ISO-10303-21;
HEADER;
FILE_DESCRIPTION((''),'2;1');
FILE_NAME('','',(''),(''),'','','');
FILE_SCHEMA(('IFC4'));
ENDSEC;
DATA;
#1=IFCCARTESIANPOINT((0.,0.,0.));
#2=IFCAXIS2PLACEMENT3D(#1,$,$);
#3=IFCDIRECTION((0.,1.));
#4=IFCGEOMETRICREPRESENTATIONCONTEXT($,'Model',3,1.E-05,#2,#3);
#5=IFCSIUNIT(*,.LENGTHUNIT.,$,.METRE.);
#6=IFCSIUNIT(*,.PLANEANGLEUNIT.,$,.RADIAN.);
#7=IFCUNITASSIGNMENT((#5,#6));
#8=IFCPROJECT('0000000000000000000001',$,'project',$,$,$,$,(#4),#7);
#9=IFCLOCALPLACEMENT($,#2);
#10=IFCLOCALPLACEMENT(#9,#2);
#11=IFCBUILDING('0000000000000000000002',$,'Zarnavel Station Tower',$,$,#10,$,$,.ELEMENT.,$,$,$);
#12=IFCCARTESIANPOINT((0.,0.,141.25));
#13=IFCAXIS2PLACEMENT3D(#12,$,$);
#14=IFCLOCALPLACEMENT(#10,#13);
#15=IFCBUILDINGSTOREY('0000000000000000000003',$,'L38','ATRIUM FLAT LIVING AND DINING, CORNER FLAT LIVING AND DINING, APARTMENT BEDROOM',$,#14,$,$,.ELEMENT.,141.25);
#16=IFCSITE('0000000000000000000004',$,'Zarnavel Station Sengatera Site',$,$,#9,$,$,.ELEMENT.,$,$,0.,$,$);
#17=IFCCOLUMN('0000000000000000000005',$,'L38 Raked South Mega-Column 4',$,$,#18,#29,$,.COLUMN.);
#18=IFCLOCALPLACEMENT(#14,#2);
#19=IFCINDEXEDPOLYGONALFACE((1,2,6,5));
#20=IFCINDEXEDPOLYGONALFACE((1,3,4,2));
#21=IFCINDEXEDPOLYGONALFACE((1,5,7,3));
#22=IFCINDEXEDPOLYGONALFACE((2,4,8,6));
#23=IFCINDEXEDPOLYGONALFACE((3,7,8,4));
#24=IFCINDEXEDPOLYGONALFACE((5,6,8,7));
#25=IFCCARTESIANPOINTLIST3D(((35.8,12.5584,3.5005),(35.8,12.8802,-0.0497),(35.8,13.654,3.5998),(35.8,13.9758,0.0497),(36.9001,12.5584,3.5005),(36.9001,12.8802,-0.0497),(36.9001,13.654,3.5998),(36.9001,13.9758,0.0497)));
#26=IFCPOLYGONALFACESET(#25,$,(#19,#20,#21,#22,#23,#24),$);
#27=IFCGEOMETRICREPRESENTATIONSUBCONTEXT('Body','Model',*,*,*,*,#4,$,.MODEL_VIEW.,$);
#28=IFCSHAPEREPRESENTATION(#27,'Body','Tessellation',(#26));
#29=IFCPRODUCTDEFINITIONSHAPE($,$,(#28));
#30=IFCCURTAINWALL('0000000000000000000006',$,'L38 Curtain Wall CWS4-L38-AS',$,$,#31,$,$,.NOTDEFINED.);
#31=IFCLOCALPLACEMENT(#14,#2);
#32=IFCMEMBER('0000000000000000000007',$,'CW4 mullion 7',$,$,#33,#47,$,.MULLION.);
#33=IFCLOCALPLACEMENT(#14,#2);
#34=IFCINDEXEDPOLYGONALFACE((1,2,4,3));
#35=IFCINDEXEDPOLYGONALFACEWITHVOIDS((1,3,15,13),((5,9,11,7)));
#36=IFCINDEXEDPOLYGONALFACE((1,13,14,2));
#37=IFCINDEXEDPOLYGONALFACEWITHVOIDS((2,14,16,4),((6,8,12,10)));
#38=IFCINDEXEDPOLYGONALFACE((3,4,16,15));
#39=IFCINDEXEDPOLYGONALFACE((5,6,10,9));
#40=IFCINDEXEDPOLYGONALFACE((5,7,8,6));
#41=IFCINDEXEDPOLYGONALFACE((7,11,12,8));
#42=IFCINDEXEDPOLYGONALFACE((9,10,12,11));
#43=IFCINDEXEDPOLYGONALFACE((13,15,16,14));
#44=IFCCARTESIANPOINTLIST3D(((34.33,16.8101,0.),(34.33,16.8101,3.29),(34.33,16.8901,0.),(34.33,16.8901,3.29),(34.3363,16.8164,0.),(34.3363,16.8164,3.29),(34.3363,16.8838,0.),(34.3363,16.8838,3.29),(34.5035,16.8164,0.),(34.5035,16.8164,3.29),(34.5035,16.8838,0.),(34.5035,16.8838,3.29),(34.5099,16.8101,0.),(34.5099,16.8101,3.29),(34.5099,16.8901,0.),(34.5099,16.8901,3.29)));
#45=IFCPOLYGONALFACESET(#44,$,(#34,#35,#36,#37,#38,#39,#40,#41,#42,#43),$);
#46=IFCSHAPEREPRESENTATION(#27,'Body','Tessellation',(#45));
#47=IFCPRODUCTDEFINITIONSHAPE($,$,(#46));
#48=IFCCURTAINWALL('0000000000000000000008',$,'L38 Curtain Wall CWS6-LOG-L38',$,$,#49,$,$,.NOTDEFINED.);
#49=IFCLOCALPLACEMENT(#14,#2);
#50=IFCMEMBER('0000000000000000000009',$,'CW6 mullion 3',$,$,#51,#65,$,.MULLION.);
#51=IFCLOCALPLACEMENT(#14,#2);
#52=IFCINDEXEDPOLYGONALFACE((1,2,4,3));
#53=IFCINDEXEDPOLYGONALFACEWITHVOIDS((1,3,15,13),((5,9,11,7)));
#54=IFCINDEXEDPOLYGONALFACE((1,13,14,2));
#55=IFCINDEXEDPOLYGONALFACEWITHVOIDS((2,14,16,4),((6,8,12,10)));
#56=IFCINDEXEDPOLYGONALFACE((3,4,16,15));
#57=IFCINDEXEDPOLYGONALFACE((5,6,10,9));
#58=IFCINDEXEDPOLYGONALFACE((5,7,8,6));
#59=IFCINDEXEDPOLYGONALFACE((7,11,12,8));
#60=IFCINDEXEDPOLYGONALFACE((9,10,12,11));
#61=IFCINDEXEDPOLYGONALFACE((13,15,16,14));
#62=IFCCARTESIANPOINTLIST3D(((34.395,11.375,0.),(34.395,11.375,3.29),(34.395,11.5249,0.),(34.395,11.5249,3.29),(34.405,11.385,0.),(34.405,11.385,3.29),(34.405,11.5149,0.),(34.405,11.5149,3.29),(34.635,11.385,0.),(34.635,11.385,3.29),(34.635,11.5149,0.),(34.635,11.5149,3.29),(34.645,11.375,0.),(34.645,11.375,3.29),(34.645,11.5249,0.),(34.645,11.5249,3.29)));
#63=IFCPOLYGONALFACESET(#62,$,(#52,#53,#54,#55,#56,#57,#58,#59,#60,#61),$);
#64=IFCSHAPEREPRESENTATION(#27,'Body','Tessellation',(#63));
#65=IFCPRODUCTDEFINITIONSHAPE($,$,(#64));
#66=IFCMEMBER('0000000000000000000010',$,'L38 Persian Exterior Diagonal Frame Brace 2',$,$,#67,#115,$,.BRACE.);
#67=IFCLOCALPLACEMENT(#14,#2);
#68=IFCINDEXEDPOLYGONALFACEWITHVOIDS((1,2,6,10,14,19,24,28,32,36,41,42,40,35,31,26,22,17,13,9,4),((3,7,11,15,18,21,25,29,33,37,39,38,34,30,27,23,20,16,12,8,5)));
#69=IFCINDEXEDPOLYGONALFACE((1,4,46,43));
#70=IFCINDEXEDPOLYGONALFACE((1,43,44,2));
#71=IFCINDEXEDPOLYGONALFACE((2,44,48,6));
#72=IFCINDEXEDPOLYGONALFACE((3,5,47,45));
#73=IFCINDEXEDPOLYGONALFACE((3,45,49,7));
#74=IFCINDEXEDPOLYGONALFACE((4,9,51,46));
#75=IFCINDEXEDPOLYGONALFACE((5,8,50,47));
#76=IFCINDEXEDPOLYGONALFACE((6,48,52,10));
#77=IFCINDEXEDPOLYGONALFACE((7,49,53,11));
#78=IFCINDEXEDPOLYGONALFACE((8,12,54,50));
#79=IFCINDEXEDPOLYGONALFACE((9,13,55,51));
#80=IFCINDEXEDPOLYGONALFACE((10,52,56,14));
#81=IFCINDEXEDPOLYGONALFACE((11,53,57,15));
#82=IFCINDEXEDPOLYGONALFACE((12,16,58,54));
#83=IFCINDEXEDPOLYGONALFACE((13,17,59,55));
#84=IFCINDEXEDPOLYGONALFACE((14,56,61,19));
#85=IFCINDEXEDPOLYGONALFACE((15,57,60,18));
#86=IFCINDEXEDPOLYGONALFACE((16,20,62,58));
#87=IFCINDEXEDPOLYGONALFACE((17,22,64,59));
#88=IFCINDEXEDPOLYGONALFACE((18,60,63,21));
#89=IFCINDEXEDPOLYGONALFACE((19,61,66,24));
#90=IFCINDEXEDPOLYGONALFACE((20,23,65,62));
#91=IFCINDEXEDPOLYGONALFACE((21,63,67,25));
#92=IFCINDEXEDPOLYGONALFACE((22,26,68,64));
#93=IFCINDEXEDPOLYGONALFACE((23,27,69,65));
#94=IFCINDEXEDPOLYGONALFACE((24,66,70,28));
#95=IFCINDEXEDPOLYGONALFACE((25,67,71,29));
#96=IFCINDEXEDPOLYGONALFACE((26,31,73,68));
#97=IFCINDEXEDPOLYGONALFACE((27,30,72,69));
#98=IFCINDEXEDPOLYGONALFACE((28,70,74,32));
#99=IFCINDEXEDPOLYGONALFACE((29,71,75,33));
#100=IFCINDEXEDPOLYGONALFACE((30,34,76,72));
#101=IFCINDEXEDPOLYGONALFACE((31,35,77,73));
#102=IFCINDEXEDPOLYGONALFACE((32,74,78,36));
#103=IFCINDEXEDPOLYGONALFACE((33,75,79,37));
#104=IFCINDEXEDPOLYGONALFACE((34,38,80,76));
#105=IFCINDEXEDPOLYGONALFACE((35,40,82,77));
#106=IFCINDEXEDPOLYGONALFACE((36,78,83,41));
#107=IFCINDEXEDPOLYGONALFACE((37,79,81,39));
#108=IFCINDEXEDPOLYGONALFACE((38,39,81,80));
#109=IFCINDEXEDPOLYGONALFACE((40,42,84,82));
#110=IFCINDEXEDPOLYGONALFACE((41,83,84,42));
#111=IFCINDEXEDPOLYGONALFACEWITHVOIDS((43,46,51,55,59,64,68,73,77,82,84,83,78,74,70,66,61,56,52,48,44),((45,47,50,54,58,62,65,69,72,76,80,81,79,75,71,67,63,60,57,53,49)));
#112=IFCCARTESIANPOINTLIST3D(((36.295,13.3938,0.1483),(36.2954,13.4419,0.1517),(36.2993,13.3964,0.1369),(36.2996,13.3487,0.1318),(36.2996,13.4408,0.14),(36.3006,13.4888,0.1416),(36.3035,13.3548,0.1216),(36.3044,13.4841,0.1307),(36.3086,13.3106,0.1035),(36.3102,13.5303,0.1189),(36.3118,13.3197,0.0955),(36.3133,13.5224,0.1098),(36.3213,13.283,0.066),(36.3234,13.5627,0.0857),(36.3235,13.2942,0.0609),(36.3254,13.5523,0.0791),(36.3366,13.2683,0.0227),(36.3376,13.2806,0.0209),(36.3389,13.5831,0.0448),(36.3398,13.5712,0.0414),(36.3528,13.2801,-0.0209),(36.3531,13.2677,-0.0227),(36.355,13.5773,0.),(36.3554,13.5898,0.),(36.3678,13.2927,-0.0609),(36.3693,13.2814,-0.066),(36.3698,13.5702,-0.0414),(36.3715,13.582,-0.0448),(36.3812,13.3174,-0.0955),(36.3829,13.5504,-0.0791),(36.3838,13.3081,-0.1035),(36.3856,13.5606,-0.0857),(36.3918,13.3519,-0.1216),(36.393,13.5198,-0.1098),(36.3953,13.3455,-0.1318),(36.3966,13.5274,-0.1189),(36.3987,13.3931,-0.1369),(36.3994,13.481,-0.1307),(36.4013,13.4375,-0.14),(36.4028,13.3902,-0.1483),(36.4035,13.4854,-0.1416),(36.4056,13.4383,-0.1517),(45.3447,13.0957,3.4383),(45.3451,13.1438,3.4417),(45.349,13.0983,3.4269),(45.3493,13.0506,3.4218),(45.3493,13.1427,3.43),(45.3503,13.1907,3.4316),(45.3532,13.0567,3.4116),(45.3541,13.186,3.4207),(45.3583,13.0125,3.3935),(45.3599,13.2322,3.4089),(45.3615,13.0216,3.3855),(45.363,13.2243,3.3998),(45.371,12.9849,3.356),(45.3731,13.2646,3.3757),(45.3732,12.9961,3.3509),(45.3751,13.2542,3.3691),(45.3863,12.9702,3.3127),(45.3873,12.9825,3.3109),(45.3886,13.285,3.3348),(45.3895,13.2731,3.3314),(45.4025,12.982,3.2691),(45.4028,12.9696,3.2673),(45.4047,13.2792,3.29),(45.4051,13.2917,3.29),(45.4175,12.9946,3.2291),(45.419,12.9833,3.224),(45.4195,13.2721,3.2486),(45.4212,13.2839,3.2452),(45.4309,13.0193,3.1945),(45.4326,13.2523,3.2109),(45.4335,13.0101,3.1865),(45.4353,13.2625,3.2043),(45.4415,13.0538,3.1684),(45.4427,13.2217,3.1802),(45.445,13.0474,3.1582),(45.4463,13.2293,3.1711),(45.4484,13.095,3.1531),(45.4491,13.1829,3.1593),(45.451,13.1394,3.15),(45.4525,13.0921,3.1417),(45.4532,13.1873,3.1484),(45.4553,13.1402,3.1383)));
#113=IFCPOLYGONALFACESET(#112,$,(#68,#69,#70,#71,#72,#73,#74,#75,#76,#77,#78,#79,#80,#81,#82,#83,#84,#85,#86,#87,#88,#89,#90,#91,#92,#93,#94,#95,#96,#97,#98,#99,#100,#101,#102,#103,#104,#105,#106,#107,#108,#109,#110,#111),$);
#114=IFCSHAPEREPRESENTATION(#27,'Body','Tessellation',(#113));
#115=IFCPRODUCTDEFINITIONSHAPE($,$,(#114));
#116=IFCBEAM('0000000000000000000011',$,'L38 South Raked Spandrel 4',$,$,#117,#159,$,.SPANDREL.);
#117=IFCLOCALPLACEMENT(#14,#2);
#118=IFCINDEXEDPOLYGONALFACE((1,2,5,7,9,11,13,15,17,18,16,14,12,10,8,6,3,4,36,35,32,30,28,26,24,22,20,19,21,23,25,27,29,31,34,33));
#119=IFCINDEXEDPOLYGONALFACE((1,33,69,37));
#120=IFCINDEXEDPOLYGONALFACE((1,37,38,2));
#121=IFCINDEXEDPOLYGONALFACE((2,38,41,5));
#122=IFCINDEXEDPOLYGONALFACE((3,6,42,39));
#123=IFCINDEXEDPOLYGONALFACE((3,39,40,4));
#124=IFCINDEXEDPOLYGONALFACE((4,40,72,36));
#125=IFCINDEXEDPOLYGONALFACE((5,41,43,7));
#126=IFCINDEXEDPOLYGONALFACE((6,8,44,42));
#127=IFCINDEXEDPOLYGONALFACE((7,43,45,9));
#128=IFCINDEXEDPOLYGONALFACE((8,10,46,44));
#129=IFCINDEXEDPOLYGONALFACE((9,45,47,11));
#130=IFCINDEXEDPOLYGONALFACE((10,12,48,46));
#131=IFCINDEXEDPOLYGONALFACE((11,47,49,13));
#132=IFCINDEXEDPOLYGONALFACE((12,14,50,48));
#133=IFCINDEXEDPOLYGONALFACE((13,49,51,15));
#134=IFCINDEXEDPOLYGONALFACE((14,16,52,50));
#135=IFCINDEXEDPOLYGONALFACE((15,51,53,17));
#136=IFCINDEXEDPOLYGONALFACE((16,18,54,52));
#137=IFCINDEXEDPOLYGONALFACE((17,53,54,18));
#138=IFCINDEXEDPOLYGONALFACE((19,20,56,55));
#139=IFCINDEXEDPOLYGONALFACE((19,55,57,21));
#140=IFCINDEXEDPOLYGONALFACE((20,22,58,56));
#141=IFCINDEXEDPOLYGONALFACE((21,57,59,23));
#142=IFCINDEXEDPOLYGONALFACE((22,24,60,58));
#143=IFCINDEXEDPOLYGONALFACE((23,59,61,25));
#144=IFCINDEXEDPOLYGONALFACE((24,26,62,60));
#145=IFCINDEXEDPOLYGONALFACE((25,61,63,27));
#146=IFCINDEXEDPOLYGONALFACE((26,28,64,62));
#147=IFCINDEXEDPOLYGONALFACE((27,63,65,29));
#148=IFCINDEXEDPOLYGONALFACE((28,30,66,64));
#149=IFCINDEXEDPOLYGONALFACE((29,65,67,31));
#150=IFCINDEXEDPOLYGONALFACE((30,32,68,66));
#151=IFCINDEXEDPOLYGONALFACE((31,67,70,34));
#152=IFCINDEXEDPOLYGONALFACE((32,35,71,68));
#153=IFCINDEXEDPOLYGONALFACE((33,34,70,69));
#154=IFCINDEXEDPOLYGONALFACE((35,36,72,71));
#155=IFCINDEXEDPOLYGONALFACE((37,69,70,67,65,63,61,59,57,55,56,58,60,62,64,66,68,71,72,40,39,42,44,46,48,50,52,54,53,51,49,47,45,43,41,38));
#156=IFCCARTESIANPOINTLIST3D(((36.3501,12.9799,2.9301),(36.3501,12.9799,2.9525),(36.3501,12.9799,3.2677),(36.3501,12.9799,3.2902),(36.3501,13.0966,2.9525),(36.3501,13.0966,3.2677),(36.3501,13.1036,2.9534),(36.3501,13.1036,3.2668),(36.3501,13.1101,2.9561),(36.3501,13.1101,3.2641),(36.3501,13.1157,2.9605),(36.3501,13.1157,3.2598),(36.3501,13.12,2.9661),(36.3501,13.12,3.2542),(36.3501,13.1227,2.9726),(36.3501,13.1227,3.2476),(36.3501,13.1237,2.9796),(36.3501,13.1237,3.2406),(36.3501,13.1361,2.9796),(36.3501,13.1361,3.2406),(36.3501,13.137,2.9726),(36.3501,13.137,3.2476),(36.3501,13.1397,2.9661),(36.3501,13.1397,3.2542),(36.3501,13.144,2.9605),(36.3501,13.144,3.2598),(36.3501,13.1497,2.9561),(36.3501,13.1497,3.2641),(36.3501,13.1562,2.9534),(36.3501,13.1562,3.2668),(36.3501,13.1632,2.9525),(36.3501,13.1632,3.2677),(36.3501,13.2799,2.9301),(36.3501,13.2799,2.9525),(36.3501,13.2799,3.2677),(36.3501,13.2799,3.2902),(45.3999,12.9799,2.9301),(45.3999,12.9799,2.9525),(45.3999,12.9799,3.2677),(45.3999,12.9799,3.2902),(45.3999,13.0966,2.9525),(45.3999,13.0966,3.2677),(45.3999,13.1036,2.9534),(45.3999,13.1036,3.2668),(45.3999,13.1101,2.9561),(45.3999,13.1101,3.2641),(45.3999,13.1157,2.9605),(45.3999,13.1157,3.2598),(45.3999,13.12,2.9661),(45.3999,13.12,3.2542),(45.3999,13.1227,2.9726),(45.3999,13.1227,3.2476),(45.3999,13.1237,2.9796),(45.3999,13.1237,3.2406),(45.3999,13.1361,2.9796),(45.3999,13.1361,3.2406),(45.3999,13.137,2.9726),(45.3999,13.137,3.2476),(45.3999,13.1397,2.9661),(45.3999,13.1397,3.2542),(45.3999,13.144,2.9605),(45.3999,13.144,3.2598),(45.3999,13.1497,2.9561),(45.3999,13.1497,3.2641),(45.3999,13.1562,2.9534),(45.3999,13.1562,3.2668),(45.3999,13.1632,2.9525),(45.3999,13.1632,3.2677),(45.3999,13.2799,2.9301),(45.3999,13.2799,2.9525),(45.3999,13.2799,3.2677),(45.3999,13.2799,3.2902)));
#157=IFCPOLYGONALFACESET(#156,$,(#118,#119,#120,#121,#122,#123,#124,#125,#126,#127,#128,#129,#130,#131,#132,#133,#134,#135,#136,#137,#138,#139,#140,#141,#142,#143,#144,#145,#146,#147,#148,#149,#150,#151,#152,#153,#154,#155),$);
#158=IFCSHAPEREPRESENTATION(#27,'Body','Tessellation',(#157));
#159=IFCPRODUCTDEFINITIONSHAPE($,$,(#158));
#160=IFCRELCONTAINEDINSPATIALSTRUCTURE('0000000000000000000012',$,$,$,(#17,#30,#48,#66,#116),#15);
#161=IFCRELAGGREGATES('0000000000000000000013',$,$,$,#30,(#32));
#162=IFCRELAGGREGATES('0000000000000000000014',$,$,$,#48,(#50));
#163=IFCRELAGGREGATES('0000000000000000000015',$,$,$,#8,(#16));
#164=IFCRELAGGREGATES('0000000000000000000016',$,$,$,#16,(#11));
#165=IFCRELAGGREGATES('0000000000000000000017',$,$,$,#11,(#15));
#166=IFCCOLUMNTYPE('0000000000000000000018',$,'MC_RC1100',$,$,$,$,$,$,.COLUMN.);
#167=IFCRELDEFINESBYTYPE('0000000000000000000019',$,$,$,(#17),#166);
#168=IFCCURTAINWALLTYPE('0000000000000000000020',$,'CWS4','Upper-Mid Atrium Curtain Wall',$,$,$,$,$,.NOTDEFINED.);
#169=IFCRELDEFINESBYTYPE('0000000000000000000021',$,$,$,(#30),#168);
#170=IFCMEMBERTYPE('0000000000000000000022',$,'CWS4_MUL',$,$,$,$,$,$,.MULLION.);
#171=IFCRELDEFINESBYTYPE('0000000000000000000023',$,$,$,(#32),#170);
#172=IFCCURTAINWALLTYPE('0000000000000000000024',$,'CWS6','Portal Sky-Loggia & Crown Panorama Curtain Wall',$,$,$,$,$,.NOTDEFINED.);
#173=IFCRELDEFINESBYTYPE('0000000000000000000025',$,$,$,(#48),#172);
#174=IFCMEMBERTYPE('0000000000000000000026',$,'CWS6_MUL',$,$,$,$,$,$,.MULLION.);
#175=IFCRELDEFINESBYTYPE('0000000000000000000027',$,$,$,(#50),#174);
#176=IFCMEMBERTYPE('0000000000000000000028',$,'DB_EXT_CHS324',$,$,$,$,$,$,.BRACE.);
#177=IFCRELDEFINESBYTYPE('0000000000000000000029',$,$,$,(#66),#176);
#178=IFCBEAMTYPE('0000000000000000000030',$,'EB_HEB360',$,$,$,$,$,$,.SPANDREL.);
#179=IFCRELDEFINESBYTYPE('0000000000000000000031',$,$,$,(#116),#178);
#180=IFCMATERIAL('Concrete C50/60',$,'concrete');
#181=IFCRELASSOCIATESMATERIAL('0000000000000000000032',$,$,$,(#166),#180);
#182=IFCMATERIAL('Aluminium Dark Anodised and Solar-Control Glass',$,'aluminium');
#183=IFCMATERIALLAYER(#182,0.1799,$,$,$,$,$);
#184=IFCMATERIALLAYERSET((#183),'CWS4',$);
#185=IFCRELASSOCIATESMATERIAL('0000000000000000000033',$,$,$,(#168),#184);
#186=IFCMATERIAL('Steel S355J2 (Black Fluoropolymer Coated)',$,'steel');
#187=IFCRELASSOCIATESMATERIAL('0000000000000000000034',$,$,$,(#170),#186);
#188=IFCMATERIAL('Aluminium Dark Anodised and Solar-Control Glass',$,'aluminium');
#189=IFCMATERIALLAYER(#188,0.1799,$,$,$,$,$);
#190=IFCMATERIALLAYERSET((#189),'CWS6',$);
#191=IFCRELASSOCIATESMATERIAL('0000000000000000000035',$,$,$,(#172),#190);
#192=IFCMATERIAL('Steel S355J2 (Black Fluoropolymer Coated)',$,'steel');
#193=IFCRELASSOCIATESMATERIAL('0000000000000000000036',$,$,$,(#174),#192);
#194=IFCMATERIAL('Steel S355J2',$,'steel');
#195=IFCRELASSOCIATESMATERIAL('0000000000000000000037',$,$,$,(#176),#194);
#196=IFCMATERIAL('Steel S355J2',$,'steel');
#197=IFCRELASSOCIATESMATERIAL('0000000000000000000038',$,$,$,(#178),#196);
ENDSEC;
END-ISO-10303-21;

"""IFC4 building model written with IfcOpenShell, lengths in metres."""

from ifc_helpers import new_model, si_unit, direction, frame, origin, origin_2d, place, context, subcontext, project, spatial, rectangle, hollow_rectangle, hollow_circle, i_section, extrude, material, layer, layer_set, material_profile, profile_set, type_object, element, aggregate, save


model = new_model("IFC4")

# Units and contexts
model_context = context("Model", 3, precision=1e-05, world=origin(), true_north=direction((0.0, 1.0)))
body_context = subcontext(model_context, "Body", "Model", "MODEL_VIEW")
ifc_project = project(units=[si_unit("LENGTHUNIT", "METRE"), si_unit("PLANEANGLEUNIT", "RADIAN")], contexts=[model_context])

# Site, building, storey
site_placement = place(None, origin())
site = spatial("IfcSite", under=ifc_project, at=site_placement, Name="Zarnavel Station Sengatera Site", CompositionType="ELEMENT", RefElevation=0.0)
building_placement = place(site_placement, origin())
building = spatial("IfcBuilding", under=site, at=building_placement, Name="Zarnavel Station Tower", CompositionType="ELEMENT")
storey_placement = place(building_placement, frame((0.0, 0.0, 141.25)))
storey = spatial("IfcBuildingStorey", under=building, at=storey_placement, Name="L38", Description="ATRIUM FLAT LIVING AND DINING, CORNER FLAT LIVING AND DINING, APARTMENT BEDROOM", CompositionType="ELEMENT", Elevation=141.25)

# Column
ifc_material_1 = material(Name="Concrete C50/60", Category="concrete")
ifc_material_profile_1 = material_profile(ifc_material_1, rectangle(XDim=1.1001, YDim=1.1001, at=origin_2d()), Name="RC1100x1100")
ifc_profile_set_1 = profile_set([ifc_material_profile_1], Name="Concrete C50/60")
column_type = type_object("IfcColumnType", Name="MC_RC1100", PredefinedType="COLUMN", material=ifc_profile_set_1)
column_placement = place(storey_placement, frame((36.3501, 13.428, 0.0), z_axis=(0.0, -0.09027, 0.995917), x_axis=(1.0, 0.0, 0.0)))
element("IfcColumn", 1, at=column_placement, inside=storey, type_object=column_type, Name="L38 Raked South Mega-Column 4", PredefinedType="COLUMN", context=body_context, shape_type="SweptSolid", body=[
    extrude(rectangle(XDim=1.1001, YDim=1.1001, at=origin_2d()), origin(), (0.0, 0.0, 1.0), 3.5647),
])

# Curtain walls, members
ifc_material_2 = material(Name="Aluminium Dark Anodised and Solar-Control Glass", Category="aluminium")
ifc_layer_1 = layer(ifc_material_2, 0.1799)
ifc_layer_set_1 = layer_set([ifc_layer_1], Name="CWS4")
curtain_wall_type_1 = type_object("IfcCurtainWallType", Name="CWS4", Description="Upper-Mid Atrium Curtain Wall", PredefinedType="NOTDEFINED", material=ifc_layer_set_1)
curtain_wall_1_placement = place(storey_placement, origin())
curtain_wall_1 = element("IfcCurtainWall", 2, at=curtain_wall_1_placement, inside=storey, type_object=curtain_wall_type_1, Name="L38 Curtain Wall CWS4-L38-AS", PredefinedType="NOTDEFINED")
ifc_material_3 = material(Name="Steel S355J2 (Black Fluoropolymer Coated)", Category="steel")
ifc_material_profile_2 = material_profile(ifc_material_3, hollow_rectangle(XDim=0.0801, YDim=0.1799, WallThickness=0.0063, at=origin_2d()), Name="RHS180x80x6.3")
ifc_profile_set_2 = profile_set([ifc_material_profile_2], Name="Steel S355J2 (Black Fluoropolymer Coated)")
member_type_1 = type_object("IfcMemberType", Name="CWS4_MUL", PredefinedType="MULLION", material=ifc_profile_set_2)
member_1_placement = place(storey_placement, frame((34.4199, 16.8501, 0.0), z_axis=(0.0, 0.0, 1.0), x_axis=(0.0, 1.0, 0.0)))
member_1 = element("IfcMember", 3, at=member_1_placement, type_object=member_type_1, Name="CW4 mullion 7", PredefinedType="MULLION", context=body_context, shape_type="SweptSolid", body=[
    extrude(hollow_rectangle(XDim=0.0801, YDim=0.1799, WallThickness=0.0063, at=origin_2d()), origin(), (0.0, 0.0, 1.0), 3.29),
])
ifc_material_4 = material(Name="Aluminium Dark Anodised and Solar-Control Glass", Category="aluminium")
ifc_layer_2 = layer(ifc_material_4, 0.1799)
ifc_layer_set_2 = layer_set([ifc_layer_2], Name="CWS6")
curtain_wall_type_2 = type_object("IfcCurtainWallType", Name="CWS6", Description="Portal Sky-Loggia & Crown Panorama Curtain Wall", PredefinedType="NOTDEFINED", material=ifc_layer_set_2)
curtain_wall_2_placement = place(storey_placement, origin())
curtain_wall_2 = element("IfcCurtainWall", 4, at=curtain_wall_2_placement, inside=storey, type_object=curtain_wall_type_2, Name="L38 Curtain Wall CWS6-LOG-L38", PredefinedType="NOTDEFINED")
ifc_material_5 = material(Name="Steel S355J2 (Black Fluoropolymer Coated)", Category="steel")
ifc_material_profile_3 = material_profile(ifc_material_5, hollow_rectangle(XDim=0.1499, YDim=0.25, WallThickness=0.01, at=origin_2d()), Name="RHS250x150x10")
ifc_profile_set_3 = profile_set([ifc_material_profile_3], Name="Steel S355J2 (Black Fluoropolymer Coated)")
member_type_2 = type_object("IfcMemberType", Name="CWS6_MUL", PredefinedType="MULLION", material=ifc_profile_set_3)
member_2_placement = place(storey_placement, frame((34.52, 11.45, 0.0), z_axis=(0.0, 0.0, 1.0), x_axis=(0.0, 1.0, 0.0)))
member_2 = element("IfcMember", 5, at=member_2_placement, type_object=member_type_2, Name="CW6 mullion 3", PredefinedType="MULLION", context=body_context, shape_type="SweptSolid", body=[
    extrude(hollow_rectangle(XDim=0.1499, YDim=0.25, WallThickness=0.01, at=origin_2d()), origin(), (0.0, 0.0, 1.0), 3.29),
])

# Member
ifc_material_6 = material(Name="Steel S355J2", Category="steel")
ifc_material_profile_4 = material_profile(ifc_material_6, hollow_circle(Radius=0.1619, WallThickness=0.0125, at=origin_2d()), Name="CHS323.9x12.5")
ifc_profile_set_4 = profile_set([ifc_material_profile_4], Name="Steel S355J2")
member_type_3 = type_object("IfcMemberType", Name="DB_EXT_CHS324", PredefinedType="BRACE", material=ifc_profile_set_4)
member_3_placement = place(storey_placement, frame((36.3501, 13.428, 0.0), z_axis=(0.93937, -0.030942, 0.341506), x_axis=(0.032922, 0.999458, 0.0)))
element("IfcMember", 6, at=member_3_placement, inside=storey, type_object=member_type_3, Name="L38 Persian Exterior Diagonal Frame Brace 2", PredefinedType="BRACE", context=body_context, shape_type="SweptSolid", body=[
    extrude(hollow_circle(Radius=0.1619, WallThickness=0.0125, at=origin_2d()), origin(), (0.0, 0.0, 1.0), 9.6338),
])

# Beam
ifc_material_7 = material(Name="Steel S355J2", Category="steel")
ifc_material_profile_5 = material_profile(ifc_material_7, i_section(OverallWidth=0.3, OverallDepth=0.3601, WebThickness=0.0125, FlangeThickness=0.0225, FilletRadius=0.0271, at=origin_2d()), Name="HEB360")
ifc_profile_set_5 = profile_set([ifc_material_profile_5], Name="Steel S355J2")
beam_type_1 = type_object("IfcBeamType", Name="EB_HEB360", PredefinedType="SPANDREL", material=ifc_profile_set_5)
beam_1_placement = place(storey_placement, frame((36.3501, 13.1299, 3.1101), z_axis=(1.0, 0.0, 0.0), x_axis=(0.0, 1.0, 0.0)))
element("IfcBeam", 7, at=beam_1_placement, inside=storey, type_object=beam_type_1, Name="L38 South Raked Spandrel 4", PredefinedType="SPANDREL", context=body_context, shape_type="SweptSolid", body=[
    extrude(i_section(OverallWidth=0.3, OverallDepth=0.3601, WebThickness=0.0125, FlangeThickness=0.0225, FilletRadius=0.0271, at=origin_2d()), origin(), (0.0, 0.0, 1.0), 9.0498),
])

aggregate(curtain_wall_1, [member_1])
aggregate(curtain_wall_2, [member_2])

save(model, "model.ifc")
